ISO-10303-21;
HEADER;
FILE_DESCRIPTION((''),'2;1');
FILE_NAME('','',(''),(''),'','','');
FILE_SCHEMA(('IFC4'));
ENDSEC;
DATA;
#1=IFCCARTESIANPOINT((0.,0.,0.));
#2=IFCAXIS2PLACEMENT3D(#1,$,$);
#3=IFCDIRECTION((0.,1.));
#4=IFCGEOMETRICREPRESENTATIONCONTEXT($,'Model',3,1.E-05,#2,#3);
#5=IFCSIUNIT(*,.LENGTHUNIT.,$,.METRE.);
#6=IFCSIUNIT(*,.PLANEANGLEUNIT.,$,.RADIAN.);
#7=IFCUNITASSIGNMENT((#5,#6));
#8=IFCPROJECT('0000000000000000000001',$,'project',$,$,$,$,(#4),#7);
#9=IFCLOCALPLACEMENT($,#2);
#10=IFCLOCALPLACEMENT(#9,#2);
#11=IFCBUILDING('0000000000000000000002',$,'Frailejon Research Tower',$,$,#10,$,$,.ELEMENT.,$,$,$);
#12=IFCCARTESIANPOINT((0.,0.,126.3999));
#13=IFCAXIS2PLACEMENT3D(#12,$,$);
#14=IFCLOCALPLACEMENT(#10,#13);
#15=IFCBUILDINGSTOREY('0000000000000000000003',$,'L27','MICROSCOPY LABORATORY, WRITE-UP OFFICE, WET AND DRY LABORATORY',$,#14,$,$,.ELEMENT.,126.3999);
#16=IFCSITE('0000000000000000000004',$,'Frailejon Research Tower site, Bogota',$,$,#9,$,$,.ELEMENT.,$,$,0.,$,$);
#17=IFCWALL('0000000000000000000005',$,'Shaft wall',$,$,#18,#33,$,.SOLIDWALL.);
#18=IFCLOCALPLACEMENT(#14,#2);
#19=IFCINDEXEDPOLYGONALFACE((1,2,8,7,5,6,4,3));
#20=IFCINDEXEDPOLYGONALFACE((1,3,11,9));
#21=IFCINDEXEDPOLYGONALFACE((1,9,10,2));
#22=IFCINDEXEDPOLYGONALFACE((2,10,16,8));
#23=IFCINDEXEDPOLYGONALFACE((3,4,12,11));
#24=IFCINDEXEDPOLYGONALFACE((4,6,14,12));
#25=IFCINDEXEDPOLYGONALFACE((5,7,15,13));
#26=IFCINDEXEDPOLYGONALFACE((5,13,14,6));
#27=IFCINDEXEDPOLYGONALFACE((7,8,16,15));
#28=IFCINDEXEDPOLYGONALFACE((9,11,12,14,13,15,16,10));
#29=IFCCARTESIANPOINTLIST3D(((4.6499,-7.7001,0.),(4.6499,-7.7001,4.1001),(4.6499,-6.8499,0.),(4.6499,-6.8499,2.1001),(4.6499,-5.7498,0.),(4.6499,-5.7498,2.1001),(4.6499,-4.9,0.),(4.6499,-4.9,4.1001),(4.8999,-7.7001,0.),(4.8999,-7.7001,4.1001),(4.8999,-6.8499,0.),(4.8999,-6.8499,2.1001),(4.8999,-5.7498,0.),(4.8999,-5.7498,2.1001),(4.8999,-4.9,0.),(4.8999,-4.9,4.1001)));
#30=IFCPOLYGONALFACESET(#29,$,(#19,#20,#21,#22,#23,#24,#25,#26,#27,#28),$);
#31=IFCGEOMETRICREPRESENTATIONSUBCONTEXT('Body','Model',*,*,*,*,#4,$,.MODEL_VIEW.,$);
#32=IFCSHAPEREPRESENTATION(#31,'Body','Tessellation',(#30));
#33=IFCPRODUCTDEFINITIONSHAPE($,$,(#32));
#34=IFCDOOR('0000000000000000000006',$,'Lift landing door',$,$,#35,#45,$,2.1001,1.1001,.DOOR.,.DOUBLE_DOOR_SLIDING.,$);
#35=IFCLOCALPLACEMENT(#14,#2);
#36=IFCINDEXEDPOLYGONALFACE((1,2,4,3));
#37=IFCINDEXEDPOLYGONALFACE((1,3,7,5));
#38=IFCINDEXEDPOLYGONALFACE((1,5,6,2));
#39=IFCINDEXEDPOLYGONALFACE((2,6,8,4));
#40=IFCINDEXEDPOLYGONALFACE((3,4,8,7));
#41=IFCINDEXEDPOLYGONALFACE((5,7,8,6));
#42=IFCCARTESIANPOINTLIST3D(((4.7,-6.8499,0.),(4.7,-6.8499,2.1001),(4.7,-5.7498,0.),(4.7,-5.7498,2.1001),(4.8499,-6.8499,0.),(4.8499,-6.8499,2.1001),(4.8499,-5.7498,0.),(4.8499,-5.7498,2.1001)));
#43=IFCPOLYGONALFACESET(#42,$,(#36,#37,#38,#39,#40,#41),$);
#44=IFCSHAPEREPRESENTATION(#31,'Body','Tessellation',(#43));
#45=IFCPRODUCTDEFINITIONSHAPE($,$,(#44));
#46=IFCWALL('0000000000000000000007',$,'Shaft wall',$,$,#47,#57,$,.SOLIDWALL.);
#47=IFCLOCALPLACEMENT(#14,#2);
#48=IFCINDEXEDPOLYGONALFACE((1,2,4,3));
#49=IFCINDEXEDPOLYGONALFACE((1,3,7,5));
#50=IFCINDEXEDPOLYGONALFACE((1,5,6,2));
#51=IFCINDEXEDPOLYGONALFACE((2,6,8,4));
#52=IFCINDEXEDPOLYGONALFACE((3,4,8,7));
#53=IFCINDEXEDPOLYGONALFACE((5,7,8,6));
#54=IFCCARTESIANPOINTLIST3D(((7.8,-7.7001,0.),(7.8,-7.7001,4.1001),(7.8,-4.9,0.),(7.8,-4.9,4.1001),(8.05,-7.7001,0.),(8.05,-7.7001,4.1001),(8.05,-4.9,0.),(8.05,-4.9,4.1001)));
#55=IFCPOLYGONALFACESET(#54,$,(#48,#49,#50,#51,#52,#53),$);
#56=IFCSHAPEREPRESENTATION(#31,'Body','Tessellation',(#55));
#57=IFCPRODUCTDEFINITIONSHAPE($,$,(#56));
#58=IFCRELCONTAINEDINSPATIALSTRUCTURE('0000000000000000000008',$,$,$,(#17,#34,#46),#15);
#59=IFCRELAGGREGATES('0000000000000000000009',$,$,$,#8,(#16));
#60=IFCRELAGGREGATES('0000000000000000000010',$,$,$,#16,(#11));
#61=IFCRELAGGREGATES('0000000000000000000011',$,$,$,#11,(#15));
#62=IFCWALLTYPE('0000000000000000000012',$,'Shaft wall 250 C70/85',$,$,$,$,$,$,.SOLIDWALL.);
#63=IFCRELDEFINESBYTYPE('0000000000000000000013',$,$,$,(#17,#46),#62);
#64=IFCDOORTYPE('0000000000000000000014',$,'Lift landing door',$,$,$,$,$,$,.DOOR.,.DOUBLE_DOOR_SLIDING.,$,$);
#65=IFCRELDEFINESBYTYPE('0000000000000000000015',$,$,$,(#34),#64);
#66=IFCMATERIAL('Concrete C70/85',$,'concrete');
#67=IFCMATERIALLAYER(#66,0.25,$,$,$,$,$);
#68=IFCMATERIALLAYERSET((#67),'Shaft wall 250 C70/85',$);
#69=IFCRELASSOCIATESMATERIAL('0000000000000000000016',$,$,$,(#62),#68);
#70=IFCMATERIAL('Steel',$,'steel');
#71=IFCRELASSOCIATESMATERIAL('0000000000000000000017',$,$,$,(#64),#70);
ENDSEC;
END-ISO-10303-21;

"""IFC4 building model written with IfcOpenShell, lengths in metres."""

from ifc_helpers import new_model, si_unit, direction, frame, frame_2d, origin, place, context, subcontext, project, spatial, rectangle, extrude, material, layer, layer_set, type_object, element, fill, save


model = new_model("IFC4")

# Units and contexts
model_context = context("Model", 3, precision=1e-05, world=origin(), true_north=direction((0.0, 1.0)))
body_context = subcontext(model_context, "Body", "Model", "MODEL_VIEW")
ifc_project = project(units=[si_unit("LENGTHUNIT", "METRE"), si_unit("PLANEANGLEUNIT", "RADIAN")], contexts=[model_context])

# Site, building, storey
site_placement = place(None, origin())
site = spatial("IfcSite", under=ifc_project, at=site_placement, Name="Frailejon Research Tower site, Bogota", CompositionType="ELEMENT", RefElevation=0.0)
building_placement = place(site_placement, origin())
building = spatial("IfcBuilding", under=site, at=building_placement, Name="Frailejon Research Tower", CompositionType="ELEMENT")
storey_placement = place(building_placement, frame((0.0, 0.0, 126.3999)))
storey = spatial("IfcBuildingStorey", under=building, at=storey_placement, Name="L27", Description="MICROSCOPY LABORATORY, WRITE-UP OFFICE, WET AND DRY LABORATORY", CompositionType="ELEMENT", Elevation=126.3999)

# Shared definitions
ifc_material_1 = material(Name="Concrete C70/85", Category="concrete")
ifc_layer_1 = layer(ifc_material_1, 0.25)
ifc_layer_set_1 = layer_set([ifc_layer_1], Name="Shaft wall 250 C70/85")
wall_type_1 = type_object("IfcWallType", Name="Shaft wall 250 C70/85", PredefinedType="SOLIDWALL", material=ifc_layer_set_1)

# Wall, opening, door
wall_1_placement = place(storey_placement, frame((4.7749, -7.7, 0.0), z_axis=(0.0, 0.0, 1.0), x_axis=(0.0, 1.0, 0.0)))
wall_1 = element("IfcWall", 1, at=wall_1_placement, inside=storey, type_object=wall_type_1, Name="Shaft wall", PredefinedType="SOLIDWALL", context=body_context, shape_type="SweptSolid", body=[
    extrude(rectangle(XDim=2.8, YDim=0.25, at=frame_2d((1.3999, 0.0))), origin(), (0.0, 0.0, 1.0), 4.1001),
])
opening_1_placement = place(wall_1_placement, frame((0.8501, 0.0, 0.0)))
opening_1 = element("IfcOpeningElement", 2, at=opening_1_placement, cuts=wall_1, PredefinedType="OPENING", context=body_context, shape_type="SweptSolid", body=[
    extrude(rectangle(XDim=1.1001, YDim=2.1001, at=frame_2d((0.55, 1.05))), frame((0.0, 0.135, 0.0), z_axis=(0.0, -1.0, 0.0), x_axis=(1.0, 0.0, 0.0)), (0.0, 0.0, 1.0), 0.27),
])
ifc_material_2 = material(Name="Steel", Category="steel")
door_type_1 = type_object("IfcDoorType", Name="Lift landing door", OperationType="DOUBLE_DOOR_SLIDING", PredefinedType="DOOR", material=ifc_material_2)
door_1_placement = place(opening_1_placement, origin())
door_1 = element("IfcDoor", 3, at=door_1_placement, inside=storey, type_object=door_type_1, Name="Lift landing door", OperationType="DOUBLE_DOOR_SLIDING", OverallHeight=2.1001, OverallWidth=1.1001, PredefinedType="DOOR", context=body_context, shape_type="SweptSolid", body=[
    extrude(rectangle(XDim=1.1001, YDim=2.1001, at=frame_2d((0.55, 1.05))), frame((0.0, 0.075, 0.0), z_axis=(0.0, -1.0, 0.0), x_axis=(1.0, 0.0, 0.0)), (0.0, 0.0, 1.0), 0.1499),
])
fill(opening_1, door_1)

# Wall
wall_2_placement = place(storey_placement, frame((7.925, -7.7, 0.0), z_axis=(0.0, 0.0, 1.0), x_axis=(0.0, 1.0, 0.0)))
element("IfcWall", 4, at=wall_2_placement, inside=storey, type_object=wall_type_1, Name="Shaft wall", PredefinedType="SOLIDWALL", context=body_context, shape_type="SweptSolid", body=[
    extrude(rectangle(XDim=2.8, YDim=0.25, at=frame_2d((1.3999, 0.0))), origin(), (0.0, 0.0, 1.0), 4.1001),
])

save(model, "model.ifc")
